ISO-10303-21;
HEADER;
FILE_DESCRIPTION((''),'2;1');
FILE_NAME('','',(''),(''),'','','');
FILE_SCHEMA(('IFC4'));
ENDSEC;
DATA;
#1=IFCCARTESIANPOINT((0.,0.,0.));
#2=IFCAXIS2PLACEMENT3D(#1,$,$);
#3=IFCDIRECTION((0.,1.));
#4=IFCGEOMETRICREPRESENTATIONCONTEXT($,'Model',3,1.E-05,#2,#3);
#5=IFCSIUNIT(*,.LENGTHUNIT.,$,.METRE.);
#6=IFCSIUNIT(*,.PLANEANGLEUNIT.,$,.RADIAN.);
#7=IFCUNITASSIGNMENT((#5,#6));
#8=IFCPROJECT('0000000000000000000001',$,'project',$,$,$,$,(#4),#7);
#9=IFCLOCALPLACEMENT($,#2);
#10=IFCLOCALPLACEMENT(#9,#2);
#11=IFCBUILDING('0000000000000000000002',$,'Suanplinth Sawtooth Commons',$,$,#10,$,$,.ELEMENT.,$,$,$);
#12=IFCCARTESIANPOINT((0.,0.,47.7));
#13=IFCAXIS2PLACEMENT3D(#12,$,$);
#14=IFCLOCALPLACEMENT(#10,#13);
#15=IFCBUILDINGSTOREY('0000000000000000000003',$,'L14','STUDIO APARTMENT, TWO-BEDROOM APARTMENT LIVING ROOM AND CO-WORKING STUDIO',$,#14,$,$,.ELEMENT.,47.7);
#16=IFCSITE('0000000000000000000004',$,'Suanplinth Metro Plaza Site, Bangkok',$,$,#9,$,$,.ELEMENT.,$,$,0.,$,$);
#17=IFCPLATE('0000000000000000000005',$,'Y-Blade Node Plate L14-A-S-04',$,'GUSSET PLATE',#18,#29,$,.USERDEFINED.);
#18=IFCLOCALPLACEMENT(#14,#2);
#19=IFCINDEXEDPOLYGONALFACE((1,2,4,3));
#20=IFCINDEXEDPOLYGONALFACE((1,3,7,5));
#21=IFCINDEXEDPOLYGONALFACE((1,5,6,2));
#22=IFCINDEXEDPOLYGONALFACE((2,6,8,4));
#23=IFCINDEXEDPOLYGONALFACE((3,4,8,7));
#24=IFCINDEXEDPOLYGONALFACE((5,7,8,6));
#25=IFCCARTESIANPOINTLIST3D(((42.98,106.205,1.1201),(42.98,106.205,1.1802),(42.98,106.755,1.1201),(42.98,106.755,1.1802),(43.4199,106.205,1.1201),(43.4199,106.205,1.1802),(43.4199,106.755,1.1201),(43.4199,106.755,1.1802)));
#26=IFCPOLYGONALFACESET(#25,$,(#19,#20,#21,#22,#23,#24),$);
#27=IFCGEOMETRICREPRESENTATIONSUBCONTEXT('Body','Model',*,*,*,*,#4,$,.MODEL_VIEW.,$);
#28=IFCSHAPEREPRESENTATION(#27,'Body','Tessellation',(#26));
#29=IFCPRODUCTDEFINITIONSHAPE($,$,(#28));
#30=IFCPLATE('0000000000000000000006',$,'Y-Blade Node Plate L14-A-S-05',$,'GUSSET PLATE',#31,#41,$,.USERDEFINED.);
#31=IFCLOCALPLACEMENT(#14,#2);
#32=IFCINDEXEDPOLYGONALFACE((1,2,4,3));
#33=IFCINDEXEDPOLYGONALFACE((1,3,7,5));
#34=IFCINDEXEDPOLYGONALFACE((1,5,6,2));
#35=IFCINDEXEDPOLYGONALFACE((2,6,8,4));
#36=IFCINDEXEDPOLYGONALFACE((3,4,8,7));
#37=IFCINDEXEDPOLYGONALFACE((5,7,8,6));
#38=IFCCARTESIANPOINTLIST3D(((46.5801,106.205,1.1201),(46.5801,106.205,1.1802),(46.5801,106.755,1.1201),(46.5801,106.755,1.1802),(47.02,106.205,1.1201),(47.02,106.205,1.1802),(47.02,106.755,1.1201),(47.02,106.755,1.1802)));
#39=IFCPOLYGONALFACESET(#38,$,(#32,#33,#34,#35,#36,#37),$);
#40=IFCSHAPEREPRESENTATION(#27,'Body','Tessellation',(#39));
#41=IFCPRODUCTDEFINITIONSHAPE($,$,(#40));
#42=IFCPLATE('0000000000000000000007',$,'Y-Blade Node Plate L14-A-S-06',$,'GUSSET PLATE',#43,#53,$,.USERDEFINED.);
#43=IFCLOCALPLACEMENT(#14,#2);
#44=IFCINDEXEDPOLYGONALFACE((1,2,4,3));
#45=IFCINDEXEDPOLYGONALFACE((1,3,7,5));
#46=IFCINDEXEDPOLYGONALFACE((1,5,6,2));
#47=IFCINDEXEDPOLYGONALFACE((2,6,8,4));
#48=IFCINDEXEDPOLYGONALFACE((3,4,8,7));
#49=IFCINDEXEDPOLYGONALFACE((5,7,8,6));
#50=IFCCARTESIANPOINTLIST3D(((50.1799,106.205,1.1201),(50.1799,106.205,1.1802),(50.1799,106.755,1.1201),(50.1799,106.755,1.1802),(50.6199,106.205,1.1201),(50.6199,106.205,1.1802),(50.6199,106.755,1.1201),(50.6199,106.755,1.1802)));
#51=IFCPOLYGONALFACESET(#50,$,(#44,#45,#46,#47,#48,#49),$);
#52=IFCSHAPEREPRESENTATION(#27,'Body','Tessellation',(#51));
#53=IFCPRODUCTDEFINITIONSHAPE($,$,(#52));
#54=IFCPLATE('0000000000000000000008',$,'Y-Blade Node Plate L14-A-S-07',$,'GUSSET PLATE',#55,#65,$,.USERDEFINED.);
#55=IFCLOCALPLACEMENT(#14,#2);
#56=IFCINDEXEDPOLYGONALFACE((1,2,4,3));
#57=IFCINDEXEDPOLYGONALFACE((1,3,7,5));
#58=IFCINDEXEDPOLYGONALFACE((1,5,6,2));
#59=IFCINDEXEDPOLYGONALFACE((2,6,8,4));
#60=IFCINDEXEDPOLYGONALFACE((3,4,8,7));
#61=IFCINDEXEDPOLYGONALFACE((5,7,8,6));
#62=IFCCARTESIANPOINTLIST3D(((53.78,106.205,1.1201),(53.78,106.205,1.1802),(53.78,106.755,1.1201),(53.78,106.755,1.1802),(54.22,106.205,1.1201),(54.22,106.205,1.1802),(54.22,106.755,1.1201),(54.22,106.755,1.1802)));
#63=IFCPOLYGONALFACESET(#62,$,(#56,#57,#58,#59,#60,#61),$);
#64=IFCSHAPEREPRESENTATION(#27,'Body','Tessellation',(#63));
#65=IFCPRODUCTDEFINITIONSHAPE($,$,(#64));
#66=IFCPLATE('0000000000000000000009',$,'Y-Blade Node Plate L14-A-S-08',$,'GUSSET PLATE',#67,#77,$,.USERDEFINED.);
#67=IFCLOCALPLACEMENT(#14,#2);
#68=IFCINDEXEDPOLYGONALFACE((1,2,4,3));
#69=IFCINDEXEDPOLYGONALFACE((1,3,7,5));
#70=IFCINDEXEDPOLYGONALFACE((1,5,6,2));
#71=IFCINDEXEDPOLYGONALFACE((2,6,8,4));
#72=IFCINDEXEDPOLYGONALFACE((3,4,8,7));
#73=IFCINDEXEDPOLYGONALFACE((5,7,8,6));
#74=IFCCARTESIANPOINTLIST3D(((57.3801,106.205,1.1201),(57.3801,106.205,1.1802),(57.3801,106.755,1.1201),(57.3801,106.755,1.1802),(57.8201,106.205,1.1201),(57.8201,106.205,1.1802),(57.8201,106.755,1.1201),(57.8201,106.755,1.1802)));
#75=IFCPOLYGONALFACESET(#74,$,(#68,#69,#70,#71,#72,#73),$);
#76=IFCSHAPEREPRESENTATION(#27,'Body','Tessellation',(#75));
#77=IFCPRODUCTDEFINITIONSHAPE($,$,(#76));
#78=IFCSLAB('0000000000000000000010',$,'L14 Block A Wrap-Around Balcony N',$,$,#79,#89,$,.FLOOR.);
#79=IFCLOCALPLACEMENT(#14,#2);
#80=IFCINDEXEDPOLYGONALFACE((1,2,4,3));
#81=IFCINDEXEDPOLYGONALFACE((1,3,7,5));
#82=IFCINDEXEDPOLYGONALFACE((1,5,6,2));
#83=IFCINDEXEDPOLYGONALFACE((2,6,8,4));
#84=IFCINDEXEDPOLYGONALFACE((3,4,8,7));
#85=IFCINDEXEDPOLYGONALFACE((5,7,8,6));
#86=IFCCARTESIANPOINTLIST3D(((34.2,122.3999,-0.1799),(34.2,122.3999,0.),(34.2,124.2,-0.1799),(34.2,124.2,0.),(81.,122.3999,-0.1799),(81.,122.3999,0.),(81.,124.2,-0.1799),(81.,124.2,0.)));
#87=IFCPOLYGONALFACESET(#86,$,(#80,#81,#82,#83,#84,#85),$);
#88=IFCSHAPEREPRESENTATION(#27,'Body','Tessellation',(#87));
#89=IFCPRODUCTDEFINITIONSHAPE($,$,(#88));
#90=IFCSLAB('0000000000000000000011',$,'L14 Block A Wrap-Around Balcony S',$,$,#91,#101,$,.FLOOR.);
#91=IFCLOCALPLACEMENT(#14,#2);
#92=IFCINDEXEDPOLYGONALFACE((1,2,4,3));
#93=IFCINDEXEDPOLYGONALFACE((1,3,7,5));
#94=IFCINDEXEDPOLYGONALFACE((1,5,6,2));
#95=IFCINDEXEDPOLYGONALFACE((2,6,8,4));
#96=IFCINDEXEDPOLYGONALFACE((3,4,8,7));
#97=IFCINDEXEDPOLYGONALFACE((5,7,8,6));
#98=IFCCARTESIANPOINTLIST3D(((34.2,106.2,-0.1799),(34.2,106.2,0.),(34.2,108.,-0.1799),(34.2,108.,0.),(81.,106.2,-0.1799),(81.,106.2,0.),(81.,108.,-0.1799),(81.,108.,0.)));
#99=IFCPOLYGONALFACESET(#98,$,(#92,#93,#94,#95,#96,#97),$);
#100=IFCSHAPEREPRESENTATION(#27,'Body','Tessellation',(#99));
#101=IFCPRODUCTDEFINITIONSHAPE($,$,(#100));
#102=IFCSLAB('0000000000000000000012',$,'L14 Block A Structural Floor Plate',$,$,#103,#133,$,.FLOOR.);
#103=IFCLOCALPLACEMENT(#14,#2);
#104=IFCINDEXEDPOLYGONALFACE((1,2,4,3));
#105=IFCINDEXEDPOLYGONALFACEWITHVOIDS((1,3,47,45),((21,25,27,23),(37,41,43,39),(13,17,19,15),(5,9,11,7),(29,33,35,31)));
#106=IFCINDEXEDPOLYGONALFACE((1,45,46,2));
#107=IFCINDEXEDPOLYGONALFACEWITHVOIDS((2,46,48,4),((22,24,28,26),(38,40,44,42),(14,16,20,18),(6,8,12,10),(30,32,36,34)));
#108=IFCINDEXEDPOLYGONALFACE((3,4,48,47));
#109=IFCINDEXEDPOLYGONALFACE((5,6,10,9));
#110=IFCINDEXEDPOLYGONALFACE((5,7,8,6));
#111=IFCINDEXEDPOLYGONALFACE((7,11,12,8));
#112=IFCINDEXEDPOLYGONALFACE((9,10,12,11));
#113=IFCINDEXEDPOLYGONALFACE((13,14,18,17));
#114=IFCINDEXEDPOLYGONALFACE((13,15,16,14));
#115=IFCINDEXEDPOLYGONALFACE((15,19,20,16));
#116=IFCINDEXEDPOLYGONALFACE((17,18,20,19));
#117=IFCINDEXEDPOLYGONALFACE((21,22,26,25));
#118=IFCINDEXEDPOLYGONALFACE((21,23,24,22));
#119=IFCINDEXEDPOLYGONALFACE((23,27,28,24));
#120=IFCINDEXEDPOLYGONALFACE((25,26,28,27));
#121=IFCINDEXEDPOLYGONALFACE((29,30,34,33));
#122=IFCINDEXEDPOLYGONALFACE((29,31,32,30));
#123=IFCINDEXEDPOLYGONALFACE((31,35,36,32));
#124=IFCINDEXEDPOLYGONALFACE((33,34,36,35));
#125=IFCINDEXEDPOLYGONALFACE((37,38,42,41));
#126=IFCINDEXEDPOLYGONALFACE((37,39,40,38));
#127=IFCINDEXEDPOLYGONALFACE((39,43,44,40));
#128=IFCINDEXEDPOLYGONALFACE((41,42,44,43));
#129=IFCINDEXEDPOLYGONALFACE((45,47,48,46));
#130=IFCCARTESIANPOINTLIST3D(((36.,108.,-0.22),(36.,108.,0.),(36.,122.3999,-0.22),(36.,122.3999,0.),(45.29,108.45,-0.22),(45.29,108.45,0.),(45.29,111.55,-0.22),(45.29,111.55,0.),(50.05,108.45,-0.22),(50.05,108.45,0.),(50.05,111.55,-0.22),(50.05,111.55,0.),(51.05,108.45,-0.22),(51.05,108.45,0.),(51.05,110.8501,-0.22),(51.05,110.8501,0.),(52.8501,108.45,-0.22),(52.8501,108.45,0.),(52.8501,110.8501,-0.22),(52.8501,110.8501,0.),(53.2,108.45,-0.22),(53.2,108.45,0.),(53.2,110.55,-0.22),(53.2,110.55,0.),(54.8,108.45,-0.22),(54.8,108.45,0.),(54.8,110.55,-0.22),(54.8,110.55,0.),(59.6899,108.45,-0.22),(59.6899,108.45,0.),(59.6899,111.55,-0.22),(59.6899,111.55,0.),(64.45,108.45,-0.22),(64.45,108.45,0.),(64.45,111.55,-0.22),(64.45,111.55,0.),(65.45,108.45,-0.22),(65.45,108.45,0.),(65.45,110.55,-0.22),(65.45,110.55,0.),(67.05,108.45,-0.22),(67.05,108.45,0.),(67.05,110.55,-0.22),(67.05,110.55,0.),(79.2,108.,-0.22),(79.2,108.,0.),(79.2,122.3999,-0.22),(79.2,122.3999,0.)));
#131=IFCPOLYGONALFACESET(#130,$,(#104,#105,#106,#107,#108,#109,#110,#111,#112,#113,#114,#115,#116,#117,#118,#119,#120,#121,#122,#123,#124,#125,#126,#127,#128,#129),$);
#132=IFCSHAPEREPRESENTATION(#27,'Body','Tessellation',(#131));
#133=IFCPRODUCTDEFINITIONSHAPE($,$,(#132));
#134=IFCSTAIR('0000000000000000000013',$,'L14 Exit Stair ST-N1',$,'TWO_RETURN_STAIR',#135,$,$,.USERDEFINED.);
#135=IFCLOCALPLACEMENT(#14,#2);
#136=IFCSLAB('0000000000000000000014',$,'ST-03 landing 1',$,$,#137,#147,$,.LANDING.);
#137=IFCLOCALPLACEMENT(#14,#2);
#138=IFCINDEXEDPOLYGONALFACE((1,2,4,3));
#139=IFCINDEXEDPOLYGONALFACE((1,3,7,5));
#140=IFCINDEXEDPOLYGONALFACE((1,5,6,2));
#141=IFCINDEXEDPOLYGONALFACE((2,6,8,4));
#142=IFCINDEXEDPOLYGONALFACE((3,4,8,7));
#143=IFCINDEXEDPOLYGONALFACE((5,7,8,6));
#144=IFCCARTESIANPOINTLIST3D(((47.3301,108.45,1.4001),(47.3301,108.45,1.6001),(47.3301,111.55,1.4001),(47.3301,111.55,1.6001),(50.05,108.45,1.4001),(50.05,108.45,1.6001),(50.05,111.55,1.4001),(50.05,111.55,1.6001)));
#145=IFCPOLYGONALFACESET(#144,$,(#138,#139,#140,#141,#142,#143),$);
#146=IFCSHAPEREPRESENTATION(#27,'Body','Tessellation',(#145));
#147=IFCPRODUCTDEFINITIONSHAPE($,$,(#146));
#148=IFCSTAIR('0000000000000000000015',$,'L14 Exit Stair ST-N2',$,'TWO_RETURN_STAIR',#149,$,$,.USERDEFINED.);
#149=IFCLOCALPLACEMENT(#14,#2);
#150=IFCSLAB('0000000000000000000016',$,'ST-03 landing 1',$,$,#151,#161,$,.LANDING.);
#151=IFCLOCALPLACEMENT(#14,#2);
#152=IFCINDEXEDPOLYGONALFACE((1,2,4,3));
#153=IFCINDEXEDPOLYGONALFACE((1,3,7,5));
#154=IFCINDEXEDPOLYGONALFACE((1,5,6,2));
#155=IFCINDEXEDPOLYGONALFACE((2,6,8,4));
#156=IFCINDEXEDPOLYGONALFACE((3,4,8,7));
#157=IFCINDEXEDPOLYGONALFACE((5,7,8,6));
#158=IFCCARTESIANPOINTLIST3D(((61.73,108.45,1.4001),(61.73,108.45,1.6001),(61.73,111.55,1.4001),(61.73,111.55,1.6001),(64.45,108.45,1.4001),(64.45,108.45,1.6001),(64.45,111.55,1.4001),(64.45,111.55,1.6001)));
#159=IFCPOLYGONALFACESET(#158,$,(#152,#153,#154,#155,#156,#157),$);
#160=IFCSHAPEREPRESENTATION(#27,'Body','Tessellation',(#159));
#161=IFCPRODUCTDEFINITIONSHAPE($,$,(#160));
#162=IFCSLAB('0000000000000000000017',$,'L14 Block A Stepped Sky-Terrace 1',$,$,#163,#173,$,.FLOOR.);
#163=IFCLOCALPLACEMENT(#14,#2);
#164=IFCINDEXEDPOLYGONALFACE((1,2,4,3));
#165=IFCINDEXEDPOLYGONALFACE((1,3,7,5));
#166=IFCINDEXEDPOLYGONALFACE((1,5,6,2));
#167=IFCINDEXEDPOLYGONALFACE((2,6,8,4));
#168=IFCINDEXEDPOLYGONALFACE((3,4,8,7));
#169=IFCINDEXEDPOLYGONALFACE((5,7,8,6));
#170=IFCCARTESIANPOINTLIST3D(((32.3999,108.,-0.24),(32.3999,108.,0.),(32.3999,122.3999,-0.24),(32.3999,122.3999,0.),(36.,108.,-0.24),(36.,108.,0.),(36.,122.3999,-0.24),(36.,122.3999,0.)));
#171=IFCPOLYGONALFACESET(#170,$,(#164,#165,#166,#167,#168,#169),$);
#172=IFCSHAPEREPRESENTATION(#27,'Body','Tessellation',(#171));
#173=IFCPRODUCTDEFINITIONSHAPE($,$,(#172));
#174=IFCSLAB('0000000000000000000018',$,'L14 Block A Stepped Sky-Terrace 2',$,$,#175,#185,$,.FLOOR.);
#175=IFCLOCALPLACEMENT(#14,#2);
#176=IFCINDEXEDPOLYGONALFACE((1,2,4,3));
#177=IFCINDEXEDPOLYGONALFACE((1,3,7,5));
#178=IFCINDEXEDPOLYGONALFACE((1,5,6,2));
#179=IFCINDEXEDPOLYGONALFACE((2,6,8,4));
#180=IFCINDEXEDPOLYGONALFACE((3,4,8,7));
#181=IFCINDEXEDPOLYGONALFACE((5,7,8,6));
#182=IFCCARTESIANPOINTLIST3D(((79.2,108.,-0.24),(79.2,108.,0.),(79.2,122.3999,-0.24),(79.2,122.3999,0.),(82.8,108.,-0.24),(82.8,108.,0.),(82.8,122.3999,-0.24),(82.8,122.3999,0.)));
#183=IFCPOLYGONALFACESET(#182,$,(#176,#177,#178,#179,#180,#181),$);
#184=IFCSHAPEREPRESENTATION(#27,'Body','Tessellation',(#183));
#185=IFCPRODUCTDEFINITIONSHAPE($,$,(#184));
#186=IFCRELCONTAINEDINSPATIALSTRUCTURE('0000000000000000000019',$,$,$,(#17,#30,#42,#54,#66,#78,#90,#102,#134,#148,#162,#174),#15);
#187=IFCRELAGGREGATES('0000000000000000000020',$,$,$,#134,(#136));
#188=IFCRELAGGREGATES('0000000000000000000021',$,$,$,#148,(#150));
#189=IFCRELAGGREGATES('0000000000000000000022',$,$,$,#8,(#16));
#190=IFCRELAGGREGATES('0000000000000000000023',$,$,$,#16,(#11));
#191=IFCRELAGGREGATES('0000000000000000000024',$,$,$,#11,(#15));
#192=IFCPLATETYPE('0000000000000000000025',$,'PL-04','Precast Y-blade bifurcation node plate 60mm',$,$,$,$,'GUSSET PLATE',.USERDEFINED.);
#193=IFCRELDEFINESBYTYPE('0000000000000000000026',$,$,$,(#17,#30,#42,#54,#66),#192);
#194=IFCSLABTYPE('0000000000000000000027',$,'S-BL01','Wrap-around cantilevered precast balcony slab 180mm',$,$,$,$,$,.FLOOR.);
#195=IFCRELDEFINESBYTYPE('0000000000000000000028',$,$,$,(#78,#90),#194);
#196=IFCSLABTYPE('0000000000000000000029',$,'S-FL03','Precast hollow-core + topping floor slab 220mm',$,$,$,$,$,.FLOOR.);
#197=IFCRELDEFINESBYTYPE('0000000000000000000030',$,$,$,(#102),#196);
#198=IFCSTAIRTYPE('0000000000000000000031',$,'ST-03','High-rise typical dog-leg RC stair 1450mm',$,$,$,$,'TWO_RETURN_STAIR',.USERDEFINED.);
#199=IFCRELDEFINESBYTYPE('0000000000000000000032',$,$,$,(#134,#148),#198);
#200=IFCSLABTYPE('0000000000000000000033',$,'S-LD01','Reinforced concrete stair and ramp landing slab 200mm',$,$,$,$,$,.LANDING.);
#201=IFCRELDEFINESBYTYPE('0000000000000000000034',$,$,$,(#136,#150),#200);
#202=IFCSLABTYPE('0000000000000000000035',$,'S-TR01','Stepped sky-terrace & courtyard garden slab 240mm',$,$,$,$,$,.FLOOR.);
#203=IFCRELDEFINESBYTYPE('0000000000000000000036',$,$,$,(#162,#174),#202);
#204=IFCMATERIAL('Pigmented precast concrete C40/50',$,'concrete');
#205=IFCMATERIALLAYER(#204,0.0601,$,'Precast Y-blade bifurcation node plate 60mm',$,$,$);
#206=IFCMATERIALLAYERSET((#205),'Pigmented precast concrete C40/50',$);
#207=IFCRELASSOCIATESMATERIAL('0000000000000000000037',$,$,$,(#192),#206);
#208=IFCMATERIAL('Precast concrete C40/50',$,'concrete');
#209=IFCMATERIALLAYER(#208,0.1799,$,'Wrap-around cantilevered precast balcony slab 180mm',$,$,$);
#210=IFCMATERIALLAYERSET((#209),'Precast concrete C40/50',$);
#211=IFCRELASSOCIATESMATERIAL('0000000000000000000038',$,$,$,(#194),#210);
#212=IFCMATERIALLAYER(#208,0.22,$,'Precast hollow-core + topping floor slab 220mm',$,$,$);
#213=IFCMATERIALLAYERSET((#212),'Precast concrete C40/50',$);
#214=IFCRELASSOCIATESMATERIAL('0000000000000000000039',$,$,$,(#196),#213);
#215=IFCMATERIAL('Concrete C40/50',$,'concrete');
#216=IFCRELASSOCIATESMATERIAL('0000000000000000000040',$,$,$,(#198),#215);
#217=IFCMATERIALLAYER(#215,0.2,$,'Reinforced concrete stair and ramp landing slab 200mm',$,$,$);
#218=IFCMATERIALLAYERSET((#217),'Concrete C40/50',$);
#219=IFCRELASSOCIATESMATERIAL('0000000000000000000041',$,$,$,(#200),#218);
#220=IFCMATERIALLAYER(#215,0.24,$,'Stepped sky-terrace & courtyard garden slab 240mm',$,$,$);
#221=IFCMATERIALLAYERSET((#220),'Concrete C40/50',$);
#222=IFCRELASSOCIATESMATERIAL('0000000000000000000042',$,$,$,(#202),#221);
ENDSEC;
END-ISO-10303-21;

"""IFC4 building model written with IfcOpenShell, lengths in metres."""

from ifc_helpers import new_model, si_unit, direction, frame, origin, origin_2d, place, context, subcontext, project, spatial, polyline, rectangle, outline, extrude, material, layer, layer_set, type_object, element, aggregate, save


model = new_model("IFC4")

# Units and contexts
model_context = context("Model", 3, precision=1e-05, world=origin(), true_north=direction((0.0, 1.0)))
body_context = subcontext(model_context, "Body", "Model", "MODEL_VIEW")
ifc_project = project(units=[si_unit("LENGTHUNIT", "METRE"), si_unit("PLANEANGLEUNIT", "RADIAN")], contexts=[model_context])

# Site, building, storey
site_placement = place(None, origin())
site = spatial("IfcSite", under=ifc_project, at=site_placement, Name="Suanplinth Metro Plaza Site, Bangkok", CompositionType="ELEMENT", RefElevation=0.0)
building_placement = place(site_placement, origin())
building = spatial("IfcBuilding", under=site, at=building_placement, Name="Suanplinth Sawtooth Commons", CompositionType="ELEMENT")
storey_placement = place(building_placement, frame((0.0, 0.0, 47.7)))
storey = spatial("IfcBuildingStorey", under=building, at=storey_placement, Name="L14", Description="STUDIO APARTMENT, TWO-BEDROOM APARTMENT LIVING ROOM AND CO-WORKING STUDIO", CompositionType="ELEMENT", Elevation=47.7)

# Shared definitions
ifc_material_1 = material(Name="Precast concrete C40/50", Category="concrete")

# Shared definitions
ifc_material_2 = material(Name="Pigmented precast concrete C40/50", Category="concrete")

# Plates
ifc_layer_1 = layer(ifc_material_2, 0.0601, Name="Precast Y-blade bifurcation node plate 60mm")
ifc_layer_set_1 = layer_set([ifc_layer_1], Name="Pigmented precast concrete C40/50")
plate_type = type_object("IfcPlateType", Name="PL-04", Description="Precast Y-blade bifurcation node plate 60mm", ElementType="GUSSET PLATE", PredefinedType="USERDEFINED", material=ifc_layer_set_1)
for number, where, z_axis, x_axis, name in (
    (1, (43.2, 106.48, 1.1201), (0.0, 0.0, 1.0), (1.0, 0.0, 0.0), "Y-Blade Node Plate L14-A-S-04"),
    (2, (46.8, 106.48, 1.1201), (0.0, 0.0, 1.0), (1.0, 0.0, 0.0), "Y-Blade Node Plate L14-A-S-05"),
    (3, (50.3999, 106.48, 1.1201), (0.0, 0.0, 1.0), (1.0, 0.0, 0.0), "Y-Blade Node Plate L14-A-S-06"),
    (4, (54.0, 106.48, 1.1201), (0.0, 0.0, 1.0), (1.0, 0.0, 0.0), "Y-Blade Node Plate L14-A-S-07"),
    (5, (57.6001, 106.48, 1.1201), (0.0, 0.0, 1.0), (1.0, 0.0, 0.0), "Y-Blade Node Plate L14-A-S-08"),
):
    element("IfcPlate", number, at=place(storey_placement, frame(where, z_axis=z_axis, x_axis=x_axis)), inside=storey, type_object=plate_type, Name=name, ObjectType="GUSSET PLATE", PredefinedType="USERDEFINED", context=body_context, shape_type="SweptSolid", body=[
        extrude(rectangle(XDim=0.4399, YDim=0.55, at=origin_2d()), origin(), (0.0, 0.0, 1.0), 0.0601),
    ])

# Slabs
ifc_layer_2 = layer(ifc_material_1, 0.1799, Name="Wrap-around cantilevered precast balcony slab 180mm")
ifc_layer_set_2 = layer_set([ifc_layer_2], Name="Precast concrete C40/50")
slab_type_1 = type_object("IfcSlabType", Name="S-BL01", Description="Wrap-around cantilevered precast balcony slab 180mm", PredefinedType="FLOOR", material=ifc_layer_set_2)
slab_1_placement = place(storey_placement, frame((0.0, 0.0, -0.1799)))
element("IfcSlab", 6, at=slab_1_placement, inside=storey, type_object=slab_type_1, Name="L14 Block A Wrap-Around Balcony N", PredefinedType="FLOOR", context=body_context, shape_type="SweptSolid", body=[
    extrude(outline(polyline([(34.2, 124.2), (81.0, 124.2), (81.0, 122.3999), (34.2, 122.3999), (34.2, 124.2)])), origin(), (0.0, 0.0, 1.0), 0.1799),
])
slab_2_placement = place(storey_placement, frame((0.0, 0.0, -0.1799)))
element("IfcSlab", 7, at=slab_2_placement, inside=storey, type_object=slab_type_1, Name="L14 Block A Wrap-Around Balcony S", PredefinedType="FLOOR", context=body_context, shape_type="SweptSolid", body=[
    extrude(outline(polyline([(81.0, 106.2), (34.2, 106.2), (34.2, 108.0), (81.0, 108.0), (81.0, 106.2)])), origin(), (0.0, 0.0, 1.0), 0.1799),
])
ifc_layer_3 = layer(ifc_material_1, 0.22, Name="Precast hollow-core + topping floor slab 220mm")
ifc_layer_set_3 = layer_set([ifc_layer_3], Name="Precast concrete C40/50")
slab_type_2 = type_object("IfcSlabType", Name="S-FL03", Description="Precast hollow-core + topping floor slab 220mm", PredefinedType="FLOOR", material=ifc_layer_set_3)
slab_3_placement = place(storey_placement, frame((0.0, 0.0, -0.22)))
element("IfcSlab", 8, at=slab_3_placement, inside=storey, type_object=slab_type_2, Name="L14 Block A Structural Floor Plate", PredefinedType="FLOOR", context=body_context, shape_type="SweptSolid", body=[
    extrude(outline(polyline([(36.0, 108.0), (79.2, 108.0), (79.2, 122.3999), (36.0, 122.3999), (36.0, 108.0)]), holes=[polyline([(45.29, 108.45), (50.05, 108.45), (50.05, 111.55), (45.29, 111.55), (45.29, 108.45)]), polyline([(51.05, 108.45), (52.8501, 108.45), (52.8501, 110.8501), (51.05, 110.8501), (51.05, 108.45)]), polyline([(53.2, 108.45), (54.8, 108.45), (54.8, 110.55), (53.2, 110.55), (53.2, 108.45)]), polyline([(59.6899, 108.45), (64.45, 108.45), (64.45, 111.55), (59.6899, 111.55), (59.6899, 108.45)]), polyline([(65.45, 108.45), (67.05, 108.45), (67.05, 110.55), (65.45, 110.55), (65.45, 108.45)])]), origin(), (0.0, 0.0, 1.0), 0.22),
])

# Stairs, slabs
ifc_material_3 = material(Name="Concrete C40/50", Category="concrete")
stair_type = type_object("IfcStairType", Name="ST-03", Description="High-rise typical dog-leg RC stair 1450mm", ElementType="TWO_RETURN_STAIR", PredefinedType="USERDEFINED", material=ifc_material_3)
stair_1_placement = place(storey_placement, origin())
stair_1 = element("IfcStair", 9, at=stair_1_placement, inside=storey, type_object=stair_type, Name="L14 Exit Stair ST-N1", ObjectType="TWO_RETURN_STAIR", PredefinedType="USERDEFINED")
ifc_layer_4 = layer(ifc_material_3, 0.2, Name="Reinforced concrete stair and ramp landing slab 200mm")
ifc_layer_set_4 = layer_set([ifc_layer_4], Name="Concrete C40/50")
slab_type_3 = type_object("IfcSlabType", Name="S-LD01", Description="Reinforced concrete stair and ramp landing slab 200mm", PredefinedType="LANDING", material=ifc_layer_set_4)
slab_4_placement = place(storey_placement, frame((0.0, 0.0, 1.4001)))
slab_4 = element("IfcSlab", 10, at=slab_4_placement, type_object=slab_type_3, Name="ST-03 landing 1", PredefinedType="LANDING", context=body_context, shape_type="SweptSolid", body=[
    extrude(outline(polyline([(47.3301, 108.45), (50.05, 108.45), (50.05, 111.55), (47.3301, 111.55), (47.3301, 108.45)])), origin(), (0.0, 0.0, 1.0), 0.2),
])
aggregate(stair_1, [slab_4])
stair_2_placement = place(storey_placement, origin())
stair_2 = element("IfcStair", 11, at=stair_2_placement, inside=storey, type_object=stair_type, Name="L14 Exit Stair ST-N2", ObjectType="TWO_RETURN_STAIR", PredefinedType="USERDEFINED")
slab_5_placement = place(storey_placement, frame((0.0, 0.0, 1.4001)))
slab_5 = element("IfcSlab", 12, at=slab_5_placement, type_object=slab_type_3, Name="ST-03 landing 1", PredefinedType="LANDING", context=body_context, shape_type="SweptSolid", body=[
    extrude(outline(polyline([(61.73, 108.45), (64.45, 108.45), (64.45, 111.55), (61.73, 111.55), (61.73, 108.45)])), origin(), (0.0, 0.0, 1.0), 0.2),
])
aggregate(stair_2, [slab_5])

# Slabs
ifc_layer_5 = layer(ifc_material_3, 0.24, Name="Stepped sky-terrace & courtyard garden slab 240mm")
ifc_layer_set_5 = layer_set([ifc_layer_5], Name="Concrete C40/50")
slab_type_4 = type_object("IfcSlabType", Name="S-TR01", Description="Stepped sky-terrace & courtyard garden slab 240mm", PredefinedType="FLOOR", material=ifc_layer_set_5)
slab_6_placement = place(storey_placement, frame((0.0, 0.0, -0.24)))
element("IfcSlab", 13, at=slab_6_placement, inside=storey, type_object=slab_type_4, Name="L14 Block A Stepped Sky-Terrace 1", PredefinedType="FLOOR", context=body_context, shape_type="SweptSolid", body=[
    extrude(outline(polyline([(32.3999, 108.0), (32.3999, 122.3999), (36.0, 122.3999), (36.0, 108.0), (32.3999, 108.0)])), origin(), (0.0, 0.0, 1.0), 0.24),
])
slab_7_placement = place(storey_placement, frame((0.0, 0.0, -0.24)))
element("IfcSlab", 14, at=slab_7_placement, inside=storey, type_object=slab_type_4, Name="L14 Block A Stepped Sky-Terrace 2", PredefinedType="FLOOR", context=body_context, shape_type="SweptSolid", body=[
    extrude(outline(polyline([(82.8, 122.3999), (82.8, 108.0), (79.2, 108.0), (79.2, 122.3999), (82.8, 122.3999)])), origin(), (0.0, 0.0, 1.0), 0.24),
])

save(model, "model.ifc")
